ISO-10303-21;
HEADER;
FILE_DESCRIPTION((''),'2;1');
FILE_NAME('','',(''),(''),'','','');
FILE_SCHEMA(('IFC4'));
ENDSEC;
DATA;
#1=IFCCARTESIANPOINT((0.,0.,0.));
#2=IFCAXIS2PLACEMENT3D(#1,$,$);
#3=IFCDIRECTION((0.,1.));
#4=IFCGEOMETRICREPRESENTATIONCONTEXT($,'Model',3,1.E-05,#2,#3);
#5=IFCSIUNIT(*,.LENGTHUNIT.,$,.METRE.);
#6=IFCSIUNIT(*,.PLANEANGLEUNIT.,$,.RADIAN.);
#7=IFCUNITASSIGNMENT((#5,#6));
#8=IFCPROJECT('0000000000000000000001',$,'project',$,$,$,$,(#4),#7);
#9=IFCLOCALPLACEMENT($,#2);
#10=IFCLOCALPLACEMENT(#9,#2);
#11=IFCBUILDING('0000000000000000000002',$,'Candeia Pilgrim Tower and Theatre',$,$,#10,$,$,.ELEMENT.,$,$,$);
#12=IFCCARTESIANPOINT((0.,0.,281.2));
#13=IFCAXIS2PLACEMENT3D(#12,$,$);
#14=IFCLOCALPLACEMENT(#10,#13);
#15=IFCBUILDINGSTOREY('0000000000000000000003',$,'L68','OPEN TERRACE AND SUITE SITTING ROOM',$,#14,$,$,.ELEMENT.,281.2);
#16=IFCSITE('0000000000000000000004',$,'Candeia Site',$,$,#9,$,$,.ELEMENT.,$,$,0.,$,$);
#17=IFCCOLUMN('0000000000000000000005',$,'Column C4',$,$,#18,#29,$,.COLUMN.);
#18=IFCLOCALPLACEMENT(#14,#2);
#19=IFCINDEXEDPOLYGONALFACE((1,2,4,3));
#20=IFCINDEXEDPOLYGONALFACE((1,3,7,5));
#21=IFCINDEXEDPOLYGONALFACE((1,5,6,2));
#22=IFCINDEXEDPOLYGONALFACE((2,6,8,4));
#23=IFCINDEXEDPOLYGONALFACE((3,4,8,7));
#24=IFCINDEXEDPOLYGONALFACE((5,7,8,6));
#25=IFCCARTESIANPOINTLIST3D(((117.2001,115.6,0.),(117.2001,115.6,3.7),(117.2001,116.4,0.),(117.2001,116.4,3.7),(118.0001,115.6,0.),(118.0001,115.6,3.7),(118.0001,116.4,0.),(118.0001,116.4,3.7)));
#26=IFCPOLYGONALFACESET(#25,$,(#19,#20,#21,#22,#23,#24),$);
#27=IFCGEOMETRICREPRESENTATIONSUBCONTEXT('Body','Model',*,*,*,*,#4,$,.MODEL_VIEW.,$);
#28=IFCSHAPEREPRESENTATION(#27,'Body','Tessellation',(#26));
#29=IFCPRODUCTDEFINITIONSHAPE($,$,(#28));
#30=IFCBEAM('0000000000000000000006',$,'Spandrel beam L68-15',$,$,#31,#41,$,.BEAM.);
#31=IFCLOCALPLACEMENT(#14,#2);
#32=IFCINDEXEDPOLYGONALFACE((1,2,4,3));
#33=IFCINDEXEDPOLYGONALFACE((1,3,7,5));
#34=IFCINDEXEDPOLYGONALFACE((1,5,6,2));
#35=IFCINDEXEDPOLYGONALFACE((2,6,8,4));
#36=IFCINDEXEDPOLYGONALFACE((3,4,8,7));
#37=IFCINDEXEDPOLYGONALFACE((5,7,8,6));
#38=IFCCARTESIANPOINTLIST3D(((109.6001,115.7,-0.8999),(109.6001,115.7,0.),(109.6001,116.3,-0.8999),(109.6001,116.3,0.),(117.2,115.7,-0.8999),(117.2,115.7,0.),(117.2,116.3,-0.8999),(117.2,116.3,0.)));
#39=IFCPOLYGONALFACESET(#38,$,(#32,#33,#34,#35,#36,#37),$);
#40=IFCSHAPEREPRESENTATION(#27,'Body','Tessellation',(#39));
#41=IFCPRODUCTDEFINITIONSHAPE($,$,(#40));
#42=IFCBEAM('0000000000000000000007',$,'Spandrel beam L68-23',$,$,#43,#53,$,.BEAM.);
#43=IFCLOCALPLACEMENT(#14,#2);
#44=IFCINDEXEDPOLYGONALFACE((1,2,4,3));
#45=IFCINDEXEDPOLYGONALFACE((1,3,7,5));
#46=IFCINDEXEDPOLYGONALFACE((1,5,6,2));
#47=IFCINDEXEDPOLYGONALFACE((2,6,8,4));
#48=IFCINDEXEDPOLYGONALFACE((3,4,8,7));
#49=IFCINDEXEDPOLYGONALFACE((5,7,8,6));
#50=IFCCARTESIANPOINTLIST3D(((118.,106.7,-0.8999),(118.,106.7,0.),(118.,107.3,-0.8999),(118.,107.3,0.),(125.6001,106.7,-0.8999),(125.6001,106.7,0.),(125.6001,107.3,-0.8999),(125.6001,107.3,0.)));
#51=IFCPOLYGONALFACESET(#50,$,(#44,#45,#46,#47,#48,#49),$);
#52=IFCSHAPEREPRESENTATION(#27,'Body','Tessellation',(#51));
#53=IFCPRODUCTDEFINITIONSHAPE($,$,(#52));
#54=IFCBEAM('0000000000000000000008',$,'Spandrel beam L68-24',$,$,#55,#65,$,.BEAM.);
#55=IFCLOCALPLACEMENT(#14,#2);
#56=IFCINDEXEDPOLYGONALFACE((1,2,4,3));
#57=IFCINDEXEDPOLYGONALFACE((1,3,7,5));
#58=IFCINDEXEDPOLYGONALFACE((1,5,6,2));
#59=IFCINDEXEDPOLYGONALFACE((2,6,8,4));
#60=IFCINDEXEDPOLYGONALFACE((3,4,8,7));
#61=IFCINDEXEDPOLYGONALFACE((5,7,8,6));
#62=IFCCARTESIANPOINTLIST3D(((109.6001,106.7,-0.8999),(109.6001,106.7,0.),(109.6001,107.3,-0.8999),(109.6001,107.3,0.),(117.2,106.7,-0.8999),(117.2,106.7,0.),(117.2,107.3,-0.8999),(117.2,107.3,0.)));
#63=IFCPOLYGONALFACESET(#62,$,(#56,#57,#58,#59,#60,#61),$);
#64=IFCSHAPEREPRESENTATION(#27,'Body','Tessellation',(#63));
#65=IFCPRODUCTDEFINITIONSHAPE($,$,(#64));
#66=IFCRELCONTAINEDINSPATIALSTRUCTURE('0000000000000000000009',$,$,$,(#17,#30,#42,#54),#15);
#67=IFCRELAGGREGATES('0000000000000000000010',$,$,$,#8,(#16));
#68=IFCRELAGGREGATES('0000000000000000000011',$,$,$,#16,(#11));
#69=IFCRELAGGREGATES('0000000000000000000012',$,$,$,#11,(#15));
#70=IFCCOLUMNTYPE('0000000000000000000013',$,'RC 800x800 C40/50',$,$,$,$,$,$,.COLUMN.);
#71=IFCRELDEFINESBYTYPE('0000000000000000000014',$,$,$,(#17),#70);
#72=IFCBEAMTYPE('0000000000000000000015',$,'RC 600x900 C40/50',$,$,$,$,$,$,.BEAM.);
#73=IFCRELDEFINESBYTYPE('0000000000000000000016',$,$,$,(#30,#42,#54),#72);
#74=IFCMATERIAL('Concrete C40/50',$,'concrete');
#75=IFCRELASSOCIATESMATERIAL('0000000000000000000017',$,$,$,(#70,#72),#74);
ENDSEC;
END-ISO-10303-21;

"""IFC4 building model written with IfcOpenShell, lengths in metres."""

from ifc_helpers import new_model, si_unit, direction, frame, origin, origin_2d, place, context, subcontext, project, spatial, rectangle, extrude, material, material_profile, profile_set, type_object, element, save


model = new_model("IFC4")

# Units and contexts
model_context = context("Model", 3, precision=1e-05, world=origin(), true_north=direction((0.0, 1.0)))
body_context = subcontext(model_context, "Body", "Model", "MODEL_VIEW")
ifc_project = project(units=[si_unit("LENGTHUNIT", "METRE"), si_unit("PLANEANGLEUNIT", "RADIAN")], contexts=[model_context])

# Site, building, storey
site_placement = place(None, origin())
site = spatial("IfcSite", under=ifc_project, at=site_placement, Name="Candeia Site", CompositionType="ELEMENT", RefElevation=0.0)
building_placement = place(site_placement, origin())
building = spatial("IfcBuilding", under=site, at=building_placement, Name="Candeia Pilgrim Tower and Theatre", CompositionType="ELEMENT")
storey_placement = place(building_placement, frame((0.0, 0.0, 281.2)))
storey = spatial("IfcBuildingStorey", under=building, at=storey_placement, Name="L68", Description="OPEN TERRACE AND SUITE SITTING ROOM", CompositionType="ELEMENT", Elevation=281.2)

# Column
ifc_material_1 = material(Name="Concrete C40/50", Category="concrete")
ifc_material_profile_1 = material_profile(ifc_material_1, rectangle(XDim=0.8, YDim=0.8, at=origin_2d()))
ifc_profile_set_1 = profile_set([ifc_material_profile_1], Name="Concrete C40/50")
column_type = type_object("IfcColumnType", Name="RC 800x800 C40/50", PredefinedType="COLUMN", material=ifc_profile_set_1)
column_placement = place(storey_placement, frame((117.6001, 116.0, 0.0), z_axis=(0.0, 0.0, 1.0), x_axis=(1.0, 0.0, 0.0)))
element("IfcColumn", 1, at=column_placement, inside=storey, type_object=column_type, Name="Column C4", PredefinedType="COLUMN", context=body_context, shape_type="SweptSolid", body=[
    extrude(rectangle(XDim=0.8, YDim=0.8, at=origin_2d()), origin(), (0.0, 0.0, 1.0), 3.7),
])

# Beams
ifc_material_profile_2 = material_profile(ifc_material_1, rectangle(XDim=0.6001, YDim=0.8999, at=origin_2d()))
ifc_profile_set_2 = profile_set([ifc_material_profile_2], Name="Concrete C40/50")
beam_type = type_object("IfcBeamType", Name="RC 600x900 C40/50", PredefinedType="BEAM", material=ifc_profile_set_2)
beam_1_placement = place(storey_placement, frame((117.2, 116.0, -0.45), z_axis=(-1.0, 0.0, 0.0), x_axis=(0.0, -1.0, 0.0)))
element("IfcBeam", 2, at=beam_1_placement, inside=storey, type_object=beam_type, Name="Spandrel beam L68-15", PredefinedType="BEAM", context=body_context, shape_type="SweptSolid", body=[
    extrude(rectangle(XDim=0.6001, YDim=0.8999, at=origin_2d()), origin(), (0.0, 0.0, 1.0), 7.5999),
])
beam_2_placement = place(storey_placement, frame((125.6001, 107.0, -0.45), z_axis=(-1.0, 0.0, 0.0), x_axis=(0.0, -1.0, 0.0)))
element("IfcBeam", 3, at=beam_2_placement, inside=storey, type_object=beam_type, Name="Spandrel beam L68-23", PredefinedType="BEAM", context=body_context, shape_type="SweptSolid", body=[
    extrude(rectangle(XDim=0.6001, YDim=0.8999, at=origin_2d()), origin(), (0.0, 0.0, 1.0), 7.6001),
])
beam_3_placement = place(storey_placement, frame((117.2, 107.0, -0.45), z_axis=(-1.0, 0.0, 0.0), x_axis=(0.0, -1.0, 0.0)))
element("IfcBeam", 4, at=beam_3_placement, inside=storey, type_object=beam_type, Name="Spandrel beam L68-24", PredefinedType="BEAM", context=body_context, shape_type="SweptSolid", body=[
    extrude(rectangle(XDim=0.6001, YDim=0.8999, at=origin_2d()), origin(), (0.0, 0.0, 1.0), 7.5999),
])

save(model, "model.ifc")
